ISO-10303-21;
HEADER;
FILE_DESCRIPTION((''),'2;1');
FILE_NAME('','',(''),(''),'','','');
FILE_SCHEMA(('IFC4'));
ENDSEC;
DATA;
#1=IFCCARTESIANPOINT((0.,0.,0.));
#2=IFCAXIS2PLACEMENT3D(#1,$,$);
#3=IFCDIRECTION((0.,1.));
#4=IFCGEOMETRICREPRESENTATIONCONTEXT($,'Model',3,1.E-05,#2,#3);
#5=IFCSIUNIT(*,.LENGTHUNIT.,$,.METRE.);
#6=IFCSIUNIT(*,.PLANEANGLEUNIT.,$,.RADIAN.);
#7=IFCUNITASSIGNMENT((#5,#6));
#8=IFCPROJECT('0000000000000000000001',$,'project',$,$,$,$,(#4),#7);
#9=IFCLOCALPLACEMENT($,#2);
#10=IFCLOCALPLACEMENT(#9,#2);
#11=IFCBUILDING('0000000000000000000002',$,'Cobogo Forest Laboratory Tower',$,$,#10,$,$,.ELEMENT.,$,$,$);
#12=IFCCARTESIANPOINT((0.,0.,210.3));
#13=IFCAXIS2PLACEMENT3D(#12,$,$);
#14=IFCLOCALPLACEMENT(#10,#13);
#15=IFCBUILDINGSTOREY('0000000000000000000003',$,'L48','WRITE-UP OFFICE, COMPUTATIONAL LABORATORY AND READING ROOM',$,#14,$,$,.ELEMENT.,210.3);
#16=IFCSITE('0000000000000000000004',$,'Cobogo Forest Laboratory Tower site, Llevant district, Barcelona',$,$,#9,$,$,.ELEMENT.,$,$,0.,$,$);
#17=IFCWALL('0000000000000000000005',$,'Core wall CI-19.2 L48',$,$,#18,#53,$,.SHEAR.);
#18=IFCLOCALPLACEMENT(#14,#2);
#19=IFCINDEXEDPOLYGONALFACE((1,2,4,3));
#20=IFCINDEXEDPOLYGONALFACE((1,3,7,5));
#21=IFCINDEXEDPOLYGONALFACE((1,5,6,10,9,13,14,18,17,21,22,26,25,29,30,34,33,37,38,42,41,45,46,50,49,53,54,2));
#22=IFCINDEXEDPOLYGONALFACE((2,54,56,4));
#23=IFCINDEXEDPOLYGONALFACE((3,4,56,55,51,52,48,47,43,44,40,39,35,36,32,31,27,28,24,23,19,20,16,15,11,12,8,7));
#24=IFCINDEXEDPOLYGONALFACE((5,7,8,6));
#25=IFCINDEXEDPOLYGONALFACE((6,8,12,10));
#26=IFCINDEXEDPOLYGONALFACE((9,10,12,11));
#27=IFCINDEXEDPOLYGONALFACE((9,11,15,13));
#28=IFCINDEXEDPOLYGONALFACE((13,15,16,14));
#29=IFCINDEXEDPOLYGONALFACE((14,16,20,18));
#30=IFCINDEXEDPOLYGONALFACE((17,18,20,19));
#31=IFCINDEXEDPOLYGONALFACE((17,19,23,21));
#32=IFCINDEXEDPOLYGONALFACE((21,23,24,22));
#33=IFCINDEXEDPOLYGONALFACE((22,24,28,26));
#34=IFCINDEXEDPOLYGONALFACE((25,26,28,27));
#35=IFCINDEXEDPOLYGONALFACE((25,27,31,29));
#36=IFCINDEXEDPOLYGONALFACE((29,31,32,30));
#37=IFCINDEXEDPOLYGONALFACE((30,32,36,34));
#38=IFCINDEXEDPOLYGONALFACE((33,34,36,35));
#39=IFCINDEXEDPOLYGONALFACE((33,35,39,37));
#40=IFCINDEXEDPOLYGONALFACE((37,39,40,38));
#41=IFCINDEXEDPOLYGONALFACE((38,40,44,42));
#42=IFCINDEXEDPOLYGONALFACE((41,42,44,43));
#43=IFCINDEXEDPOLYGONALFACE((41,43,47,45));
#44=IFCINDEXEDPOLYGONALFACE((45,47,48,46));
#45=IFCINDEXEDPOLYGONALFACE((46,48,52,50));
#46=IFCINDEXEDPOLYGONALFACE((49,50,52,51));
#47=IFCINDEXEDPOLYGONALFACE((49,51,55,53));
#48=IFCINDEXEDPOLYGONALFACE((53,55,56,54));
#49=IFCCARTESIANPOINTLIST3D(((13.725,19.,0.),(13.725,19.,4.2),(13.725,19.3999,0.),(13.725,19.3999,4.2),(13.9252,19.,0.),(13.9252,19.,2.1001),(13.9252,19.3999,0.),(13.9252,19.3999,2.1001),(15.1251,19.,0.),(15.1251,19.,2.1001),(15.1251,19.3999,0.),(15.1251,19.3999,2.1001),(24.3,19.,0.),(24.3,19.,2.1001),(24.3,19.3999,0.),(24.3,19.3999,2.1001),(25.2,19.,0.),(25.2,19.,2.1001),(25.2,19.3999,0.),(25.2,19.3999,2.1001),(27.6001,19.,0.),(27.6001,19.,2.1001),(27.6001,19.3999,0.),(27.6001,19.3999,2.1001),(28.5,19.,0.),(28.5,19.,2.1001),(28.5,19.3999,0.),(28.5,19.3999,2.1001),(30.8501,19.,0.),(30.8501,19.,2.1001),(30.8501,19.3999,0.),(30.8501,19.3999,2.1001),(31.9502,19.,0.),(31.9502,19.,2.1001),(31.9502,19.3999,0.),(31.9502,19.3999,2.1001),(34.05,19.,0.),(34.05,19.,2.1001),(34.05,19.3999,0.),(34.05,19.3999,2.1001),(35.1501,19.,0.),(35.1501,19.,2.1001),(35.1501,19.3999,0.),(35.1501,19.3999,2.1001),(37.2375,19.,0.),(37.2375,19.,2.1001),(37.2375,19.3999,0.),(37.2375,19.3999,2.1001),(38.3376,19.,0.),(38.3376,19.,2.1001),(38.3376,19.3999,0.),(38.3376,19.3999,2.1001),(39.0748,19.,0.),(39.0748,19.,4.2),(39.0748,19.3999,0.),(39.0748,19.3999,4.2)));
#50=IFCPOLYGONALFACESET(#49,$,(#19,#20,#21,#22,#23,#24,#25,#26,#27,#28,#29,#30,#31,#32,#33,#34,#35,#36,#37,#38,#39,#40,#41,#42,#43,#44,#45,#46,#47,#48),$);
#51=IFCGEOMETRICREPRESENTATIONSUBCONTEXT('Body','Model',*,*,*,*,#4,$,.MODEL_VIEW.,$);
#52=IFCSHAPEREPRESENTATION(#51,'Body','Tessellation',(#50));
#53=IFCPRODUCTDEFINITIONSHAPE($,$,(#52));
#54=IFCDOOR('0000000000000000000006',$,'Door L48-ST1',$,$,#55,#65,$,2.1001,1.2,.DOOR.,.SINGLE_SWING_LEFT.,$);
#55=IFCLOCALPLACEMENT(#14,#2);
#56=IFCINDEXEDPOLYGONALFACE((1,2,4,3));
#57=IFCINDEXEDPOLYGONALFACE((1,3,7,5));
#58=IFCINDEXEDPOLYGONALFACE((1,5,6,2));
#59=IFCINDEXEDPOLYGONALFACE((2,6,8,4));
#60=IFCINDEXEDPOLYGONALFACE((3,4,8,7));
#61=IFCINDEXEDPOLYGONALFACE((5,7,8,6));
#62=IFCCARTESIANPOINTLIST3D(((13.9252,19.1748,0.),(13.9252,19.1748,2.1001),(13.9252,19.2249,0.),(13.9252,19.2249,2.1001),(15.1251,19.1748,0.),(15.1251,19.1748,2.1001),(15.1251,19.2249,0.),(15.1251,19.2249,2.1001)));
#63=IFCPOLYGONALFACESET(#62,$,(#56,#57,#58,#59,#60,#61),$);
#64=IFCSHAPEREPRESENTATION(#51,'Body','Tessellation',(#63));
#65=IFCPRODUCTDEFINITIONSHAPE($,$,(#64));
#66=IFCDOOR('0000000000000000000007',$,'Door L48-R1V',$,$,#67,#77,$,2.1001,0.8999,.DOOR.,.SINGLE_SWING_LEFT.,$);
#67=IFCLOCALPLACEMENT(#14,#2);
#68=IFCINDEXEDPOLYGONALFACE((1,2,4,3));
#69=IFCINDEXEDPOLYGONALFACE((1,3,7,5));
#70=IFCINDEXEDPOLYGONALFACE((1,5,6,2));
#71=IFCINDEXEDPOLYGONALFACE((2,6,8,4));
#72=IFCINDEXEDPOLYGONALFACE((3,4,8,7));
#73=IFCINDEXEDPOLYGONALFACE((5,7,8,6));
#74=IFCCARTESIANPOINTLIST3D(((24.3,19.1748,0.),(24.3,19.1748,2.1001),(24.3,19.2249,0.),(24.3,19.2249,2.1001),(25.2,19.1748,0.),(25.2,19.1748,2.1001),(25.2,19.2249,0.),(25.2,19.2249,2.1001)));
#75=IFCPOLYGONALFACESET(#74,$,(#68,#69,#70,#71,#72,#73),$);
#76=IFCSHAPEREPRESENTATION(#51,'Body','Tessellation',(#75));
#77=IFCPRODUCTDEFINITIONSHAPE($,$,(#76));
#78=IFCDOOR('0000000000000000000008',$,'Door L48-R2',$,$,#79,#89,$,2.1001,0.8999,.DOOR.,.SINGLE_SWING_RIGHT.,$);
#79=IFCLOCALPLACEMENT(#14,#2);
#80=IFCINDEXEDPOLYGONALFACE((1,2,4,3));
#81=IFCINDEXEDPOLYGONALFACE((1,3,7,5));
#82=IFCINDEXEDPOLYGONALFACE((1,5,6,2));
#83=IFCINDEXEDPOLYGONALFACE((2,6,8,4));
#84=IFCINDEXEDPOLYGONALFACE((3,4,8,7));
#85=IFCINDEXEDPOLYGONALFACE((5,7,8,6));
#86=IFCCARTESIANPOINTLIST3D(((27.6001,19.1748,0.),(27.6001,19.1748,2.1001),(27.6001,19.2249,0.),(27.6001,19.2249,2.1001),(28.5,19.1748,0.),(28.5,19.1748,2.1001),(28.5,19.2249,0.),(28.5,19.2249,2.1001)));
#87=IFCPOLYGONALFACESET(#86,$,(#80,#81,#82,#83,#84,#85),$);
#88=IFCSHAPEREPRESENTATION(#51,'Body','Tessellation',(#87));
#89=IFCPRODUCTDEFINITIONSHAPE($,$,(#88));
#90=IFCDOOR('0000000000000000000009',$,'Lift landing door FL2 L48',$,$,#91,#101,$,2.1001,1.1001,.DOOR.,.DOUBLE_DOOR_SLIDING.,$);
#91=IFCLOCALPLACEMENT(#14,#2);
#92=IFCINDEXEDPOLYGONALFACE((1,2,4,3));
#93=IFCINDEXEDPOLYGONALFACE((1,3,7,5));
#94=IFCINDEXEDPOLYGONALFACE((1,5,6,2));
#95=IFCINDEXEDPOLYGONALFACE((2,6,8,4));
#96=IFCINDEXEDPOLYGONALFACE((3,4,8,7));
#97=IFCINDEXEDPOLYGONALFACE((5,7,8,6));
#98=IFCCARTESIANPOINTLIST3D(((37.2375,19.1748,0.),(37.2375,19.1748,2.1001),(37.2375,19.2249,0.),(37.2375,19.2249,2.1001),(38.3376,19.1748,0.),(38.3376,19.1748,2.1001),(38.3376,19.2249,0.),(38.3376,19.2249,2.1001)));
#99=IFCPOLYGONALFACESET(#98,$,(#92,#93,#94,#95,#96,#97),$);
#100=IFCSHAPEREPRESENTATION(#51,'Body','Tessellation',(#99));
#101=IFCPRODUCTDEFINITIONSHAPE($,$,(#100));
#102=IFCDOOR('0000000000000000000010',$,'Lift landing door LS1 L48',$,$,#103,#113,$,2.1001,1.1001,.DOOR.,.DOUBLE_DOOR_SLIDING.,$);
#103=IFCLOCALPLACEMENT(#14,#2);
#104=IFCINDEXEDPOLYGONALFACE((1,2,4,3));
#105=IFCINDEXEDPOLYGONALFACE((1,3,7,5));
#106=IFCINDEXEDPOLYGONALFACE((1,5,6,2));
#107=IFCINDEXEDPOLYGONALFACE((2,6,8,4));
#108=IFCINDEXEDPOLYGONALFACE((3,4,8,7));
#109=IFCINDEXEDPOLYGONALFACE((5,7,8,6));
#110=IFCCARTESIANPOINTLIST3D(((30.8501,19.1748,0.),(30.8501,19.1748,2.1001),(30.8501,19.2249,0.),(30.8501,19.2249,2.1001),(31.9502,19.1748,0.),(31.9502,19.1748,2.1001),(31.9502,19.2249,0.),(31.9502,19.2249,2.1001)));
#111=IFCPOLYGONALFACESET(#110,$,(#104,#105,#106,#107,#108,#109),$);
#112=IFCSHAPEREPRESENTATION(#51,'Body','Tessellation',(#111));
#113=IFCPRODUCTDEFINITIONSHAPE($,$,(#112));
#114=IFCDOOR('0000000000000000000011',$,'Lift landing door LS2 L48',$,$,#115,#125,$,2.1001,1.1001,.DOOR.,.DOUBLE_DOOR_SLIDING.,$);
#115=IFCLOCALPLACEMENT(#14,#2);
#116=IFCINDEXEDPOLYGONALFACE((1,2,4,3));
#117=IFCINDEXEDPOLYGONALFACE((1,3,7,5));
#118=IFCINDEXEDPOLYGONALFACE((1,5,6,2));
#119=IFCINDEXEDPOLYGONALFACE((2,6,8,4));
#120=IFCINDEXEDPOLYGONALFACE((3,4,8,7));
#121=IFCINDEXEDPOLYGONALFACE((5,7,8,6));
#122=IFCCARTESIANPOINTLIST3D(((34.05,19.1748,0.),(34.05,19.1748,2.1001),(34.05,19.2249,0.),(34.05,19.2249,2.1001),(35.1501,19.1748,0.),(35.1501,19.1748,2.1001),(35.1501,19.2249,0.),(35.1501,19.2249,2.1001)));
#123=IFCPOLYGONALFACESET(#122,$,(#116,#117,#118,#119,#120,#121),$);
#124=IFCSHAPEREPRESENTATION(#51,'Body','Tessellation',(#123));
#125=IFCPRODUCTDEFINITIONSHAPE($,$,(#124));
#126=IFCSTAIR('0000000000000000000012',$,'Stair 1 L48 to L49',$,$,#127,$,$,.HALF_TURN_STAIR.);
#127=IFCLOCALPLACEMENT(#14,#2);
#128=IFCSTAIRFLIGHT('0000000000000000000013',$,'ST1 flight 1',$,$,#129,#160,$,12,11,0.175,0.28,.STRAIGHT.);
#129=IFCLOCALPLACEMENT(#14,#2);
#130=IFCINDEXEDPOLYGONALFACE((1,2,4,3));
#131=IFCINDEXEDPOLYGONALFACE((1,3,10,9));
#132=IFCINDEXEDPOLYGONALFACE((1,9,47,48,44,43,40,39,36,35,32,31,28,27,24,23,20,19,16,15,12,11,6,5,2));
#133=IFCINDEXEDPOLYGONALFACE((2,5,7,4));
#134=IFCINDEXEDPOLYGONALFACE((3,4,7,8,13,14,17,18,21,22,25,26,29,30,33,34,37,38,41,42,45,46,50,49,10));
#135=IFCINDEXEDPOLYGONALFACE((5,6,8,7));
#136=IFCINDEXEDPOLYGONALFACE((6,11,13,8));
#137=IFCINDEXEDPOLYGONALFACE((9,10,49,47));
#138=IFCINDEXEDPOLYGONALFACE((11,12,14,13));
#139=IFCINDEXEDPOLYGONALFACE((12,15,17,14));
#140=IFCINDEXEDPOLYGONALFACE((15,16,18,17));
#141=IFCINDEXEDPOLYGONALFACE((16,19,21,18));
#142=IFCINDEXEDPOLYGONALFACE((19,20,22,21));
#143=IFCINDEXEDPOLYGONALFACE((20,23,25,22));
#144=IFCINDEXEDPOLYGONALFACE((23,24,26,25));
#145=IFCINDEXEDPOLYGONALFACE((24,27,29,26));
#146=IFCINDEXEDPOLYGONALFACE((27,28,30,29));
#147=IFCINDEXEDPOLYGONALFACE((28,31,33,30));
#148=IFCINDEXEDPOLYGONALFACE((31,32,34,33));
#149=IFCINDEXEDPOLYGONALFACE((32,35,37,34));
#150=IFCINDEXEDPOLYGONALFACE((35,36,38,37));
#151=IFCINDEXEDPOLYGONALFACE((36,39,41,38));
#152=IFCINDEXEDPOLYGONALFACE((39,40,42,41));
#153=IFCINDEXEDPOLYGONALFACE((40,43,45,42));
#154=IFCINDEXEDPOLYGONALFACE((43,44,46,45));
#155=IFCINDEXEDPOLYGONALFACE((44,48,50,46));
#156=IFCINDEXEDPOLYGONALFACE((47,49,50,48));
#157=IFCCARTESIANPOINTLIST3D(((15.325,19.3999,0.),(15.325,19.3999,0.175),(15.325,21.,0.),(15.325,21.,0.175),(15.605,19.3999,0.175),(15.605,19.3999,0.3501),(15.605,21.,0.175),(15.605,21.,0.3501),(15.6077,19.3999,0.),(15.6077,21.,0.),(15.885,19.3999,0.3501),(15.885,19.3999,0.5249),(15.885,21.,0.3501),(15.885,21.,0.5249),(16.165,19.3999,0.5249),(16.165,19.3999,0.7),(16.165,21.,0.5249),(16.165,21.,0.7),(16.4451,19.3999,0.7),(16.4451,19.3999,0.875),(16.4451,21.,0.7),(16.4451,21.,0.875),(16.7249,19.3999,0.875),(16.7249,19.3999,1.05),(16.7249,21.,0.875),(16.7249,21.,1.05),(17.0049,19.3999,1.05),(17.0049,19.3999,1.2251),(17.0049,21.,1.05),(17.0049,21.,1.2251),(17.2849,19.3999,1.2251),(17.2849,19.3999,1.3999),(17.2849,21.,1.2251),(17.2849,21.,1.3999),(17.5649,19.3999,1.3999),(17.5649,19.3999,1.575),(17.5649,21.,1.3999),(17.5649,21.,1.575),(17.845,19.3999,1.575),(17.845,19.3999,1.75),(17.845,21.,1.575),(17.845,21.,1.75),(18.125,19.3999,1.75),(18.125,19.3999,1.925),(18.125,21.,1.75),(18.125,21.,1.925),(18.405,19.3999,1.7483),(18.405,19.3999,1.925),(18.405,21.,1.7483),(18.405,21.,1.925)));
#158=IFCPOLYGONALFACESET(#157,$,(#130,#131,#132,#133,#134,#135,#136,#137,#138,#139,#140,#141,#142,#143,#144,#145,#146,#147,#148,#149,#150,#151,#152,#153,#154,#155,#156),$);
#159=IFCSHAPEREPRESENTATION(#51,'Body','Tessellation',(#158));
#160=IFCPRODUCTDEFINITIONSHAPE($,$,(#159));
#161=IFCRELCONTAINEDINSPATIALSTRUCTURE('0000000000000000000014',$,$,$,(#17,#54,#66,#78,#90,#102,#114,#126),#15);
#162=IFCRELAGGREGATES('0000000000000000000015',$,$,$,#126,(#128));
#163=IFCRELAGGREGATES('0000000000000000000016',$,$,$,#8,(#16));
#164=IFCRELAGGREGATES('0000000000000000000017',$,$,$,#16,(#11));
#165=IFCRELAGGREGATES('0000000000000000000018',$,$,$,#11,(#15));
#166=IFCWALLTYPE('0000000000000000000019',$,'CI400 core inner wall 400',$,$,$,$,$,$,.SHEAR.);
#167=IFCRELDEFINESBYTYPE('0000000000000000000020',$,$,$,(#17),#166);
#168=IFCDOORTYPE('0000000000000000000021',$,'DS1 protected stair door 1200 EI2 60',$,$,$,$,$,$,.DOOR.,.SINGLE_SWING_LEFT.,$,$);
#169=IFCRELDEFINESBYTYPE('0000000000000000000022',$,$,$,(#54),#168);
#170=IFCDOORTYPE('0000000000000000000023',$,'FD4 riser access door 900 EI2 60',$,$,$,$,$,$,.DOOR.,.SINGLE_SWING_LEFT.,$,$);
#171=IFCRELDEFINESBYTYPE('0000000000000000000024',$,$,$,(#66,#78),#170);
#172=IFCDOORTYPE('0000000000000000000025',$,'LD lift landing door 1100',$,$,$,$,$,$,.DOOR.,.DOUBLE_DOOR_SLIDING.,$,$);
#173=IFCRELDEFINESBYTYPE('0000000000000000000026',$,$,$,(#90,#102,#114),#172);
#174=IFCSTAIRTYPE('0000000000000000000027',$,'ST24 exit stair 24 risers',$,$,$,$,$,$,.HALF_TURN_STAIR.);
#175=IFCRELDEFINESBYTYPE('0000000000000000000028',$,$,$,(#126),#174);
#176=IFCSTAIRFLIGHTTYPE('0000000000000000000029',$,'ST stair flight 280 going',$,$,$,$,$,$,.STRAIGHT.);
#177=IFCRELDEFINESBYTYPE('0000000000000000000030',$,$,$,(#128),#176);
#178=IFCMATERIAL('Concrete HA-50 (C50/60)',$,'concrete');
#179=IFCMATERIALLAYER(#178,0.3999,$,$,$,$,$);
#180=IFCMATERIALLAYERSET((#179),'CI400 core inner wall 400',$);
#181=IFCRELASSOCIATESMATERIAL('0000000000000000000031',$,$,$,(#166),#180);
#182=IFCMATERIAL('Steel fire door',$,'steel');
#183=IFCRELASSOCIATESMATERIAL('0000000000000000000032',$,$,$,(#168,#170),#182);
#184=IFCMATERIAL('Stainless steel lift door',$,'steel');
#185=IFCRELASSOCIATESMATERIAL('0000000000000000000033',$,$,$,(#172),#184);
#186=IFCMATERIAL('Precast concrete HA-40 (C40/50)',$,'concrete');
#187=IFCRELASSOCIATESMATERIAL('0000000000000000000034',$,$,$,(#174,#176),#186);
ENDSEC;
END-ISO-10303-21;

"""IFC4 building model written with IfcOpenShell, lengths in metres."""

from ifc_helpers import new_model, si_unit, direction, frame, frame_2d, origin, place, context, subcontext, project, spatial, polyline, rectangle, outline, extrude, material, layer, layer_set, type_object, element, fill, aggregate, save


model = new_model("IFC4")

# Units and contexts
model_context = context("Model", 3, precision=1e-05, world=origin(), true_north=direction((0.0, 1.0)))
body_context = subcontext(model_context, "Body", "Model", "MODEL_VIEW")
ifc_project = project(units=[si_unit("LENGTHUNIT", "METRE"), si_unit("PLANEANGLEUNIT", "RADIAN")], contexts=[model_context])

# Site, building, storey
site_placement = place(None, origin())
site = spatial("IfcSite", under=ifc_project, at=site_placement, Name="Cobogo Forest Laboratory Tower site, Llevant district, Barcelona", CompositionType="ELEMENT", RefElevation=0.0)
building_placement = place(site_placement, origin())
building = spatial("IfcBuilding", under=site, at=building_placement, Name="Cobogo Forest Laboratory Tower", CompositionType="ELEMENT")
storey_placement = place(building_placement, frame((0.0, 0.0, 210.3)))
storey = spatial("IfcBuildingStorey", under=building, at=storey_placement, Name="L48", Description="WRITE-UP OFFICE, COMPUTATIONAL LABORATORY AND READING ROOM", CompositionType="ELEMENT", Elevation=210.3)

# Wall, openings, doors
ifc_material_1 = material(Name="Concrete HA-50 (C50/60)", Category="concrete")
ifc_layer = layer(ifc_material_1, 0.3999)
ifc_layer_set = layer_set([ifc_layer], Name="CI400 core inner wall 400")
wall_type = type_object("IfcWallType", Name="CI400 core inner wall 400", PredefinedType="SHEAR", material=ifc_layer_set)
ifc_material_2 = material(Name="Steel fire door", Category="steel")
wall_1_placement = place(storey_placement, frame((13.7251, 19.2, 0.0), z_axis=(0.0, 0.0, 1.0), x_axis=(1.0, 0.0, 0.0)))
wall_1 = element("IfcWall", 1, at=wall_1_placement, inside=storey, type_object=wall_type, Name="Core wall CI-19.2 L48", PredefinedType="SHEAR", context=body_context, shape_type="SweptSolid", body=[
    extrude(rectangle(XDim=25.3499, YDim=0.3999, at=frame_2d((12.6748, 0.0))), origin(), (0.0, 0.0, 1.0), 4.2),
])
opening_1_placement = place(wall_1_placement, frame((10.575, 0.0, 0.0)))
opening_1 = element("IfcOpeningElement", 2, at=opening_1_placement, cuts=wall_1, PredefinedType="OPENING", context=body_context, shape_type="SweptSolid", body=[
    extrude(rectangle(XDim=0.8999, YDim=2.1001, at=frame_2d((0.45, 1.05))), frame((0.0, 0.21, 0.0), z_axis=(0.0, -1.0, 0.0), x_axis=(1.0, 0.0, 0.0)), (0.0, 0.0, 1.0), 0.4199),
])
opening_2_placement = place(wall_1_placement, frame((13.875, 0.0, 0.0)))
opening_2 = element("IfcOpeningElement", 3, at=opening_2_placement, cuts=wall_1, PredefinedType="OPENING", context=body_context, shape_type="SweptSolid", body=[
    extrude(rectangle(XDim=0.8999, YDim=2.1001, at=frame_2d((0.45, 1.05))), frame((0.0, 0.21, 0.0), z_axis=(0.0, -1.0, 0.0), x_axis=(1.0, 0.0, 0.0)), (0.0, 0.0, 1.0), 0.4199),
])
opening_3_placement = place(wall_1_placement, frame((0.2, 0.0, 0.0)))
opening_3 = element("IfcOpeningElement", 4, at=opening_3_placement, cuts=wall_1, PredefinedType="OPENING", context=body_context, shape_type="SweptSolid", body=[
    extrude(rectangle(XDim=1.2, YDim=2.1001, at=frame_2d((0.6001, 1.05))), frame((0.0, 0.21, 0.0), z_axis=(0.0, -1.0, 0.0), x_axis=(1.0, 0.0, 0.0)), (0.0, 0.0, 1.0), 0.4199),
])
opening_4_placement = place(wall_1_placement, frame((23.5125, 0.0, 0.0)))
opening_4 = element("IfcOpeningElement", 5, at=opening_4_placement, cuts=wall_1, PredefinedType="OPENING", context=body_context, shape_type="SweptSolid", body=[
    extrude(rectangle(XDim=1.1001, YDim=2.1001, at=frame_2d((0.55, 1.05))), frame((0.0, 0.21, 0.0), z_axis=(0.0, -1.0, 0.0), x_axis=(1.0, 0.0, 0.0)), (0.0, 0.0, 1.0), 0.4199),
])
opening_5_placement = place(wall_1_placement, frame((17.125, 0.0, 0.0)))
opening_5 = element("IfcOpeningElement", 6, at=opening_5_placement, cuts=wall_1, PredefinedType="OPENING", context=body_context, shape_type="SweptSolid", body=[
    extrude(rectangle(XDim=1.1001, YDim=2.1001, at=frame_2d((0.55, 1.05))), frame((0.0, 0.21, 0.0), z_axis=(0.0, -1.0, 0.0), x_axis=(1.0, 0.0, 0.0)), (0.0, 0.0, 1.0), 0.4199),
])
opening_6_placement = place(wall_1_placement, frame((20.325, 0.0, 0.0)))
opening_6 = element("IfcOpeningElement", 7, at=opening_6_placement, cuts=wall_1, PredefinedType="OPENING", context=body_context, shape_type="SweptSolid", body=[
    extrude(rectangle(XDim=1.1001, YDim=2.1001, at=frame_2d((0.55, 1.05))), frame((0.0, 0.21, 0.0), z_axis=(0.0, -1.0, 0.0), x_axis=(1.0, 0.0, 0.0)), (0.0, 0.0, 1.0), 0.4199),
])
door_type_1 = type_object("IfcDoorType", Name="DS1 protected stair door 1200 EI2 60", OperationType="SINGLE_SWING_LEFT", PredefinedType="DOOR", material=ifc_material_2)
door_1_placement = place(opening_3_placement, origin())
door_1 = element("IfcDoor", 8, at=door_1_placement, inside=storey, type_object=door_type_1, Name="Door L48-ST1", OperationType="SINGLE_SWING_LEFT", OverallHeight=2.1001, OverallWidth=1.2, PredefinedType="DOOR", context=body_context, shape_type="SweptSolid", body=[
    extrude(rectangle(XDim=1.2, YDim=2.1001, at=frame_2d((0.6001, 1.05))), frame((0.0, 0.0249, 0.0), z_axis=(0.0, -1.0, 0.0), x_axis=(1.0, 0.0, 0.0)), (0.0, 0.0, 1.0), 0.05),
])
fill(opening_3, door_1)
door_type_2 = type_object("IfcDoorType", Name="FD4 riser access door 900 EI2 60", OperationType="SINGLE_SWING_LEFT", PredefinedType="DOOR", material=ifc_material_2)
door_2_placement = place(opening_1_placement, origin())
door_2 = element("IfcDoor", 9, at=door_2_placement, inside=storey, type_object=door_type_2, Name="Door L48-R1V", OperationType="SINGLE_SWING_LEFT", OverallHeight=2.1001, OverallWidth=0.8999, PredefinedType="DOOR", context=body_context, shape_type="SweptSolid", body=[
    extrude(rectangle(XDim=0.8999, YDim=2.1001, at=frame_2d((0.45, 1.05))), frame((0.0, 0.0249, 0.0), z_axis=(0.0, -1.0, 0.0), x_axis=(1.0, 0.0, 0.0)), (0.0, 0.0, 1.0), 0.05),
])
fill(opening_1, door_2)
door_3_placement = place(opening_2_placement, origin())
door_3 = element("IfcDoor", 10, at=door_3_placement, inside=storey, type_object=door_type_2, Name="Door L48-R2", OperationType="SINGLE_SWING_RIGHT", OverallHeight=2.1001, OverallWidth=0.8999, PredefinedType="DOOR", context=body_context, shape_type="SweptSolid", body=[
    extrude(rectangle(XDim=0.8999, YDim=2.1001, at=frame_2d((0.45, 1.05))), frame((0.0, 0.0249, 0.0), z_axis=(0.0, -1.0, 0.0), x_axis=(1.0, 0.0, 0.0)), (0.0, 0.0, 1.0), 0.05),
])
fill(opening_2, door_3)
ifc_material_3 = material(Name="Stainless steel lift door", Category="steel")
door_type_3 = type_object("IfcDoorType", Name="LD lift landing door 1100", OperationType="DOUBLE_DOOR_SLIDING", PredefinedType="DOOR", material=ifc_material_3)
door_4_placement = place(opening_4_placement, origin())
door_4 = element("IfcDoor", 11, at=door_4_placement, inside=storey, type_object=door_type_3, Name="Lift landing door FL2 L48", OperationType="DOUBLE_DOOR_SLIDING", OverallHeight=2.1001, OverallWidth=1.1001, PredefinedType="DOOR", context=body_context, shape_type="SweptSolid", body=[
    extrude(rectangle(XDim=1.1001, YDim=2.1001, at=frame_2d((0.55, 1.05))), frame((0.0, 0.0249, 0.0), z_axis=(0.0, -1.0, 0.0), x_axis=(1.0, 0.0, 0.0)), (0.0, 0.0, 1.0), 0.05),
])
fill(opening_4, door_4)
door_5_placement = place(opening_5_placement, origin())
door_5 = element("IfcDoor", 12, at=door_5_placement, inside=storey, type_object=door_type_3, Name="Lift landing door LS1 L48", OperationType="DOUBLE_DOOR_SLIDING", OverallHeight=2.1001, OverallWidth=1.1001, PredefinedType="DOOR", context=body_context, shape_type="SweptSolid", body=[
    extrude(rectangle(XDim=1.1001, YDim=2.1001, at=frame_2d((0.55, 1.05))), frame((0.0, 0.0249, 0.0), z_axis=(0.0, -1.0, 0.0), x_axis=(1.0, 0.0, 0.0)), (0.0, 0.0, 1.0), 0.05),
])
fill(opening_5, door_5)
door_6_placement = place(opening_6_placement, origin())
door_6 = element("IfcDoor", 13, at=door_6_placement, inside=storey, type_object=door_type_3, Name="Lift landing door LS2 L48", OperationType="DOUBLE_DOOR_SLIDING", OverallHeight=2.1001, OverallWidth=1.1001, PredefinedType="DOOR", context=body_context, shape_type="SweptSolid", body=[
    extrude(rectangle(XDim=1.1001, YDim=2.1001, at=frame_2d((0.55, 1.05))), frame((0.0, 0.0249, 0.0), z_axis=(0.0, -1.0, 0.0), x_axis=(1.0, 0.0, 0.0)), (0.0, 0.0, 1.0), 0.05),
])
fill(opening_6, door_6)

# Stair, stair flight
ifc_material_4 = material(Name="Precast concrete HA-40 (C40/50)", Category="concrete")
stair_type = type_object("IfcStairType", Name="ST24 exit stair 24 risers", PredefinedType="HALF_TURN_STAIR", material=ifc_material_4)
stair_placement = place(storey_placement, origin())
stair = element("IfcStair", 14, at=stair_placement, inside=storey, type_object=stair_type, Name="Stair 1 L48 to L49", PredefinedType="HALF_TURN_STAIR")
stair_flight_type = type_object("IfcStairFlightType", Name="ST stair flight 280 going", PredefinedType="STRAIGHT", material=ifc_material_4)
stair_flight_1_placement = place(storey_placement, frame((15.325, 20.2, 0.0), z_axis=(0.0, 0.0, 1.0), x_axis=(1.0, 0.0, 0.0)))
stair_flight_1 = element("IfcStairFlight", 15, at=stair_flight_1_placement, type_object=stair_flight_type, Name="ST1 flight 1", NumberOfRisers=12, NumberOfTreads=11, PredefinedType="STRAIGHT", RiserHeight=0.175, TreadLength=0.28, context=body_context, shape_type="SweptSolid", body=[
    extrude(outline(polyline([(0.0, 0.0), (0.0, 0.175), (0.28, 0.175), (0.28, 0.3501), (0.5601, 0.3501), (0.5601, 0.5249), (0.8401, 0.5249), (0.8401, 0.7), (1.1201, 0.7), (1.1201, 0.875), (1.3999, 0.875), (1.3999, 1.05), (1.6799, 1.05), (1.6799, 1.2251), (1.96, 1.2251), (1.96, 1.3999), (2.24, 1.3999), (2.24, 1.575), (2.52, 1.575), (2.52, 1.75), (2.8, 1.75), (2.8, 1.925), (3.0801, 1.925), (3.0801, 2.1001), (3.0801, 1.7483), (0.2827, 0.0), (0.0, 0.0)])), frame((0.0, 0.8, 0.0), z_axis=(0.0, -1.0, 0.0), x_axis=(1.0, 0.0, 0.0)), (0.0, 0.0, 1.0), 1.6001),
])
aggregate(stair, [stair_flight_1])

save(model, "model.ifc")
